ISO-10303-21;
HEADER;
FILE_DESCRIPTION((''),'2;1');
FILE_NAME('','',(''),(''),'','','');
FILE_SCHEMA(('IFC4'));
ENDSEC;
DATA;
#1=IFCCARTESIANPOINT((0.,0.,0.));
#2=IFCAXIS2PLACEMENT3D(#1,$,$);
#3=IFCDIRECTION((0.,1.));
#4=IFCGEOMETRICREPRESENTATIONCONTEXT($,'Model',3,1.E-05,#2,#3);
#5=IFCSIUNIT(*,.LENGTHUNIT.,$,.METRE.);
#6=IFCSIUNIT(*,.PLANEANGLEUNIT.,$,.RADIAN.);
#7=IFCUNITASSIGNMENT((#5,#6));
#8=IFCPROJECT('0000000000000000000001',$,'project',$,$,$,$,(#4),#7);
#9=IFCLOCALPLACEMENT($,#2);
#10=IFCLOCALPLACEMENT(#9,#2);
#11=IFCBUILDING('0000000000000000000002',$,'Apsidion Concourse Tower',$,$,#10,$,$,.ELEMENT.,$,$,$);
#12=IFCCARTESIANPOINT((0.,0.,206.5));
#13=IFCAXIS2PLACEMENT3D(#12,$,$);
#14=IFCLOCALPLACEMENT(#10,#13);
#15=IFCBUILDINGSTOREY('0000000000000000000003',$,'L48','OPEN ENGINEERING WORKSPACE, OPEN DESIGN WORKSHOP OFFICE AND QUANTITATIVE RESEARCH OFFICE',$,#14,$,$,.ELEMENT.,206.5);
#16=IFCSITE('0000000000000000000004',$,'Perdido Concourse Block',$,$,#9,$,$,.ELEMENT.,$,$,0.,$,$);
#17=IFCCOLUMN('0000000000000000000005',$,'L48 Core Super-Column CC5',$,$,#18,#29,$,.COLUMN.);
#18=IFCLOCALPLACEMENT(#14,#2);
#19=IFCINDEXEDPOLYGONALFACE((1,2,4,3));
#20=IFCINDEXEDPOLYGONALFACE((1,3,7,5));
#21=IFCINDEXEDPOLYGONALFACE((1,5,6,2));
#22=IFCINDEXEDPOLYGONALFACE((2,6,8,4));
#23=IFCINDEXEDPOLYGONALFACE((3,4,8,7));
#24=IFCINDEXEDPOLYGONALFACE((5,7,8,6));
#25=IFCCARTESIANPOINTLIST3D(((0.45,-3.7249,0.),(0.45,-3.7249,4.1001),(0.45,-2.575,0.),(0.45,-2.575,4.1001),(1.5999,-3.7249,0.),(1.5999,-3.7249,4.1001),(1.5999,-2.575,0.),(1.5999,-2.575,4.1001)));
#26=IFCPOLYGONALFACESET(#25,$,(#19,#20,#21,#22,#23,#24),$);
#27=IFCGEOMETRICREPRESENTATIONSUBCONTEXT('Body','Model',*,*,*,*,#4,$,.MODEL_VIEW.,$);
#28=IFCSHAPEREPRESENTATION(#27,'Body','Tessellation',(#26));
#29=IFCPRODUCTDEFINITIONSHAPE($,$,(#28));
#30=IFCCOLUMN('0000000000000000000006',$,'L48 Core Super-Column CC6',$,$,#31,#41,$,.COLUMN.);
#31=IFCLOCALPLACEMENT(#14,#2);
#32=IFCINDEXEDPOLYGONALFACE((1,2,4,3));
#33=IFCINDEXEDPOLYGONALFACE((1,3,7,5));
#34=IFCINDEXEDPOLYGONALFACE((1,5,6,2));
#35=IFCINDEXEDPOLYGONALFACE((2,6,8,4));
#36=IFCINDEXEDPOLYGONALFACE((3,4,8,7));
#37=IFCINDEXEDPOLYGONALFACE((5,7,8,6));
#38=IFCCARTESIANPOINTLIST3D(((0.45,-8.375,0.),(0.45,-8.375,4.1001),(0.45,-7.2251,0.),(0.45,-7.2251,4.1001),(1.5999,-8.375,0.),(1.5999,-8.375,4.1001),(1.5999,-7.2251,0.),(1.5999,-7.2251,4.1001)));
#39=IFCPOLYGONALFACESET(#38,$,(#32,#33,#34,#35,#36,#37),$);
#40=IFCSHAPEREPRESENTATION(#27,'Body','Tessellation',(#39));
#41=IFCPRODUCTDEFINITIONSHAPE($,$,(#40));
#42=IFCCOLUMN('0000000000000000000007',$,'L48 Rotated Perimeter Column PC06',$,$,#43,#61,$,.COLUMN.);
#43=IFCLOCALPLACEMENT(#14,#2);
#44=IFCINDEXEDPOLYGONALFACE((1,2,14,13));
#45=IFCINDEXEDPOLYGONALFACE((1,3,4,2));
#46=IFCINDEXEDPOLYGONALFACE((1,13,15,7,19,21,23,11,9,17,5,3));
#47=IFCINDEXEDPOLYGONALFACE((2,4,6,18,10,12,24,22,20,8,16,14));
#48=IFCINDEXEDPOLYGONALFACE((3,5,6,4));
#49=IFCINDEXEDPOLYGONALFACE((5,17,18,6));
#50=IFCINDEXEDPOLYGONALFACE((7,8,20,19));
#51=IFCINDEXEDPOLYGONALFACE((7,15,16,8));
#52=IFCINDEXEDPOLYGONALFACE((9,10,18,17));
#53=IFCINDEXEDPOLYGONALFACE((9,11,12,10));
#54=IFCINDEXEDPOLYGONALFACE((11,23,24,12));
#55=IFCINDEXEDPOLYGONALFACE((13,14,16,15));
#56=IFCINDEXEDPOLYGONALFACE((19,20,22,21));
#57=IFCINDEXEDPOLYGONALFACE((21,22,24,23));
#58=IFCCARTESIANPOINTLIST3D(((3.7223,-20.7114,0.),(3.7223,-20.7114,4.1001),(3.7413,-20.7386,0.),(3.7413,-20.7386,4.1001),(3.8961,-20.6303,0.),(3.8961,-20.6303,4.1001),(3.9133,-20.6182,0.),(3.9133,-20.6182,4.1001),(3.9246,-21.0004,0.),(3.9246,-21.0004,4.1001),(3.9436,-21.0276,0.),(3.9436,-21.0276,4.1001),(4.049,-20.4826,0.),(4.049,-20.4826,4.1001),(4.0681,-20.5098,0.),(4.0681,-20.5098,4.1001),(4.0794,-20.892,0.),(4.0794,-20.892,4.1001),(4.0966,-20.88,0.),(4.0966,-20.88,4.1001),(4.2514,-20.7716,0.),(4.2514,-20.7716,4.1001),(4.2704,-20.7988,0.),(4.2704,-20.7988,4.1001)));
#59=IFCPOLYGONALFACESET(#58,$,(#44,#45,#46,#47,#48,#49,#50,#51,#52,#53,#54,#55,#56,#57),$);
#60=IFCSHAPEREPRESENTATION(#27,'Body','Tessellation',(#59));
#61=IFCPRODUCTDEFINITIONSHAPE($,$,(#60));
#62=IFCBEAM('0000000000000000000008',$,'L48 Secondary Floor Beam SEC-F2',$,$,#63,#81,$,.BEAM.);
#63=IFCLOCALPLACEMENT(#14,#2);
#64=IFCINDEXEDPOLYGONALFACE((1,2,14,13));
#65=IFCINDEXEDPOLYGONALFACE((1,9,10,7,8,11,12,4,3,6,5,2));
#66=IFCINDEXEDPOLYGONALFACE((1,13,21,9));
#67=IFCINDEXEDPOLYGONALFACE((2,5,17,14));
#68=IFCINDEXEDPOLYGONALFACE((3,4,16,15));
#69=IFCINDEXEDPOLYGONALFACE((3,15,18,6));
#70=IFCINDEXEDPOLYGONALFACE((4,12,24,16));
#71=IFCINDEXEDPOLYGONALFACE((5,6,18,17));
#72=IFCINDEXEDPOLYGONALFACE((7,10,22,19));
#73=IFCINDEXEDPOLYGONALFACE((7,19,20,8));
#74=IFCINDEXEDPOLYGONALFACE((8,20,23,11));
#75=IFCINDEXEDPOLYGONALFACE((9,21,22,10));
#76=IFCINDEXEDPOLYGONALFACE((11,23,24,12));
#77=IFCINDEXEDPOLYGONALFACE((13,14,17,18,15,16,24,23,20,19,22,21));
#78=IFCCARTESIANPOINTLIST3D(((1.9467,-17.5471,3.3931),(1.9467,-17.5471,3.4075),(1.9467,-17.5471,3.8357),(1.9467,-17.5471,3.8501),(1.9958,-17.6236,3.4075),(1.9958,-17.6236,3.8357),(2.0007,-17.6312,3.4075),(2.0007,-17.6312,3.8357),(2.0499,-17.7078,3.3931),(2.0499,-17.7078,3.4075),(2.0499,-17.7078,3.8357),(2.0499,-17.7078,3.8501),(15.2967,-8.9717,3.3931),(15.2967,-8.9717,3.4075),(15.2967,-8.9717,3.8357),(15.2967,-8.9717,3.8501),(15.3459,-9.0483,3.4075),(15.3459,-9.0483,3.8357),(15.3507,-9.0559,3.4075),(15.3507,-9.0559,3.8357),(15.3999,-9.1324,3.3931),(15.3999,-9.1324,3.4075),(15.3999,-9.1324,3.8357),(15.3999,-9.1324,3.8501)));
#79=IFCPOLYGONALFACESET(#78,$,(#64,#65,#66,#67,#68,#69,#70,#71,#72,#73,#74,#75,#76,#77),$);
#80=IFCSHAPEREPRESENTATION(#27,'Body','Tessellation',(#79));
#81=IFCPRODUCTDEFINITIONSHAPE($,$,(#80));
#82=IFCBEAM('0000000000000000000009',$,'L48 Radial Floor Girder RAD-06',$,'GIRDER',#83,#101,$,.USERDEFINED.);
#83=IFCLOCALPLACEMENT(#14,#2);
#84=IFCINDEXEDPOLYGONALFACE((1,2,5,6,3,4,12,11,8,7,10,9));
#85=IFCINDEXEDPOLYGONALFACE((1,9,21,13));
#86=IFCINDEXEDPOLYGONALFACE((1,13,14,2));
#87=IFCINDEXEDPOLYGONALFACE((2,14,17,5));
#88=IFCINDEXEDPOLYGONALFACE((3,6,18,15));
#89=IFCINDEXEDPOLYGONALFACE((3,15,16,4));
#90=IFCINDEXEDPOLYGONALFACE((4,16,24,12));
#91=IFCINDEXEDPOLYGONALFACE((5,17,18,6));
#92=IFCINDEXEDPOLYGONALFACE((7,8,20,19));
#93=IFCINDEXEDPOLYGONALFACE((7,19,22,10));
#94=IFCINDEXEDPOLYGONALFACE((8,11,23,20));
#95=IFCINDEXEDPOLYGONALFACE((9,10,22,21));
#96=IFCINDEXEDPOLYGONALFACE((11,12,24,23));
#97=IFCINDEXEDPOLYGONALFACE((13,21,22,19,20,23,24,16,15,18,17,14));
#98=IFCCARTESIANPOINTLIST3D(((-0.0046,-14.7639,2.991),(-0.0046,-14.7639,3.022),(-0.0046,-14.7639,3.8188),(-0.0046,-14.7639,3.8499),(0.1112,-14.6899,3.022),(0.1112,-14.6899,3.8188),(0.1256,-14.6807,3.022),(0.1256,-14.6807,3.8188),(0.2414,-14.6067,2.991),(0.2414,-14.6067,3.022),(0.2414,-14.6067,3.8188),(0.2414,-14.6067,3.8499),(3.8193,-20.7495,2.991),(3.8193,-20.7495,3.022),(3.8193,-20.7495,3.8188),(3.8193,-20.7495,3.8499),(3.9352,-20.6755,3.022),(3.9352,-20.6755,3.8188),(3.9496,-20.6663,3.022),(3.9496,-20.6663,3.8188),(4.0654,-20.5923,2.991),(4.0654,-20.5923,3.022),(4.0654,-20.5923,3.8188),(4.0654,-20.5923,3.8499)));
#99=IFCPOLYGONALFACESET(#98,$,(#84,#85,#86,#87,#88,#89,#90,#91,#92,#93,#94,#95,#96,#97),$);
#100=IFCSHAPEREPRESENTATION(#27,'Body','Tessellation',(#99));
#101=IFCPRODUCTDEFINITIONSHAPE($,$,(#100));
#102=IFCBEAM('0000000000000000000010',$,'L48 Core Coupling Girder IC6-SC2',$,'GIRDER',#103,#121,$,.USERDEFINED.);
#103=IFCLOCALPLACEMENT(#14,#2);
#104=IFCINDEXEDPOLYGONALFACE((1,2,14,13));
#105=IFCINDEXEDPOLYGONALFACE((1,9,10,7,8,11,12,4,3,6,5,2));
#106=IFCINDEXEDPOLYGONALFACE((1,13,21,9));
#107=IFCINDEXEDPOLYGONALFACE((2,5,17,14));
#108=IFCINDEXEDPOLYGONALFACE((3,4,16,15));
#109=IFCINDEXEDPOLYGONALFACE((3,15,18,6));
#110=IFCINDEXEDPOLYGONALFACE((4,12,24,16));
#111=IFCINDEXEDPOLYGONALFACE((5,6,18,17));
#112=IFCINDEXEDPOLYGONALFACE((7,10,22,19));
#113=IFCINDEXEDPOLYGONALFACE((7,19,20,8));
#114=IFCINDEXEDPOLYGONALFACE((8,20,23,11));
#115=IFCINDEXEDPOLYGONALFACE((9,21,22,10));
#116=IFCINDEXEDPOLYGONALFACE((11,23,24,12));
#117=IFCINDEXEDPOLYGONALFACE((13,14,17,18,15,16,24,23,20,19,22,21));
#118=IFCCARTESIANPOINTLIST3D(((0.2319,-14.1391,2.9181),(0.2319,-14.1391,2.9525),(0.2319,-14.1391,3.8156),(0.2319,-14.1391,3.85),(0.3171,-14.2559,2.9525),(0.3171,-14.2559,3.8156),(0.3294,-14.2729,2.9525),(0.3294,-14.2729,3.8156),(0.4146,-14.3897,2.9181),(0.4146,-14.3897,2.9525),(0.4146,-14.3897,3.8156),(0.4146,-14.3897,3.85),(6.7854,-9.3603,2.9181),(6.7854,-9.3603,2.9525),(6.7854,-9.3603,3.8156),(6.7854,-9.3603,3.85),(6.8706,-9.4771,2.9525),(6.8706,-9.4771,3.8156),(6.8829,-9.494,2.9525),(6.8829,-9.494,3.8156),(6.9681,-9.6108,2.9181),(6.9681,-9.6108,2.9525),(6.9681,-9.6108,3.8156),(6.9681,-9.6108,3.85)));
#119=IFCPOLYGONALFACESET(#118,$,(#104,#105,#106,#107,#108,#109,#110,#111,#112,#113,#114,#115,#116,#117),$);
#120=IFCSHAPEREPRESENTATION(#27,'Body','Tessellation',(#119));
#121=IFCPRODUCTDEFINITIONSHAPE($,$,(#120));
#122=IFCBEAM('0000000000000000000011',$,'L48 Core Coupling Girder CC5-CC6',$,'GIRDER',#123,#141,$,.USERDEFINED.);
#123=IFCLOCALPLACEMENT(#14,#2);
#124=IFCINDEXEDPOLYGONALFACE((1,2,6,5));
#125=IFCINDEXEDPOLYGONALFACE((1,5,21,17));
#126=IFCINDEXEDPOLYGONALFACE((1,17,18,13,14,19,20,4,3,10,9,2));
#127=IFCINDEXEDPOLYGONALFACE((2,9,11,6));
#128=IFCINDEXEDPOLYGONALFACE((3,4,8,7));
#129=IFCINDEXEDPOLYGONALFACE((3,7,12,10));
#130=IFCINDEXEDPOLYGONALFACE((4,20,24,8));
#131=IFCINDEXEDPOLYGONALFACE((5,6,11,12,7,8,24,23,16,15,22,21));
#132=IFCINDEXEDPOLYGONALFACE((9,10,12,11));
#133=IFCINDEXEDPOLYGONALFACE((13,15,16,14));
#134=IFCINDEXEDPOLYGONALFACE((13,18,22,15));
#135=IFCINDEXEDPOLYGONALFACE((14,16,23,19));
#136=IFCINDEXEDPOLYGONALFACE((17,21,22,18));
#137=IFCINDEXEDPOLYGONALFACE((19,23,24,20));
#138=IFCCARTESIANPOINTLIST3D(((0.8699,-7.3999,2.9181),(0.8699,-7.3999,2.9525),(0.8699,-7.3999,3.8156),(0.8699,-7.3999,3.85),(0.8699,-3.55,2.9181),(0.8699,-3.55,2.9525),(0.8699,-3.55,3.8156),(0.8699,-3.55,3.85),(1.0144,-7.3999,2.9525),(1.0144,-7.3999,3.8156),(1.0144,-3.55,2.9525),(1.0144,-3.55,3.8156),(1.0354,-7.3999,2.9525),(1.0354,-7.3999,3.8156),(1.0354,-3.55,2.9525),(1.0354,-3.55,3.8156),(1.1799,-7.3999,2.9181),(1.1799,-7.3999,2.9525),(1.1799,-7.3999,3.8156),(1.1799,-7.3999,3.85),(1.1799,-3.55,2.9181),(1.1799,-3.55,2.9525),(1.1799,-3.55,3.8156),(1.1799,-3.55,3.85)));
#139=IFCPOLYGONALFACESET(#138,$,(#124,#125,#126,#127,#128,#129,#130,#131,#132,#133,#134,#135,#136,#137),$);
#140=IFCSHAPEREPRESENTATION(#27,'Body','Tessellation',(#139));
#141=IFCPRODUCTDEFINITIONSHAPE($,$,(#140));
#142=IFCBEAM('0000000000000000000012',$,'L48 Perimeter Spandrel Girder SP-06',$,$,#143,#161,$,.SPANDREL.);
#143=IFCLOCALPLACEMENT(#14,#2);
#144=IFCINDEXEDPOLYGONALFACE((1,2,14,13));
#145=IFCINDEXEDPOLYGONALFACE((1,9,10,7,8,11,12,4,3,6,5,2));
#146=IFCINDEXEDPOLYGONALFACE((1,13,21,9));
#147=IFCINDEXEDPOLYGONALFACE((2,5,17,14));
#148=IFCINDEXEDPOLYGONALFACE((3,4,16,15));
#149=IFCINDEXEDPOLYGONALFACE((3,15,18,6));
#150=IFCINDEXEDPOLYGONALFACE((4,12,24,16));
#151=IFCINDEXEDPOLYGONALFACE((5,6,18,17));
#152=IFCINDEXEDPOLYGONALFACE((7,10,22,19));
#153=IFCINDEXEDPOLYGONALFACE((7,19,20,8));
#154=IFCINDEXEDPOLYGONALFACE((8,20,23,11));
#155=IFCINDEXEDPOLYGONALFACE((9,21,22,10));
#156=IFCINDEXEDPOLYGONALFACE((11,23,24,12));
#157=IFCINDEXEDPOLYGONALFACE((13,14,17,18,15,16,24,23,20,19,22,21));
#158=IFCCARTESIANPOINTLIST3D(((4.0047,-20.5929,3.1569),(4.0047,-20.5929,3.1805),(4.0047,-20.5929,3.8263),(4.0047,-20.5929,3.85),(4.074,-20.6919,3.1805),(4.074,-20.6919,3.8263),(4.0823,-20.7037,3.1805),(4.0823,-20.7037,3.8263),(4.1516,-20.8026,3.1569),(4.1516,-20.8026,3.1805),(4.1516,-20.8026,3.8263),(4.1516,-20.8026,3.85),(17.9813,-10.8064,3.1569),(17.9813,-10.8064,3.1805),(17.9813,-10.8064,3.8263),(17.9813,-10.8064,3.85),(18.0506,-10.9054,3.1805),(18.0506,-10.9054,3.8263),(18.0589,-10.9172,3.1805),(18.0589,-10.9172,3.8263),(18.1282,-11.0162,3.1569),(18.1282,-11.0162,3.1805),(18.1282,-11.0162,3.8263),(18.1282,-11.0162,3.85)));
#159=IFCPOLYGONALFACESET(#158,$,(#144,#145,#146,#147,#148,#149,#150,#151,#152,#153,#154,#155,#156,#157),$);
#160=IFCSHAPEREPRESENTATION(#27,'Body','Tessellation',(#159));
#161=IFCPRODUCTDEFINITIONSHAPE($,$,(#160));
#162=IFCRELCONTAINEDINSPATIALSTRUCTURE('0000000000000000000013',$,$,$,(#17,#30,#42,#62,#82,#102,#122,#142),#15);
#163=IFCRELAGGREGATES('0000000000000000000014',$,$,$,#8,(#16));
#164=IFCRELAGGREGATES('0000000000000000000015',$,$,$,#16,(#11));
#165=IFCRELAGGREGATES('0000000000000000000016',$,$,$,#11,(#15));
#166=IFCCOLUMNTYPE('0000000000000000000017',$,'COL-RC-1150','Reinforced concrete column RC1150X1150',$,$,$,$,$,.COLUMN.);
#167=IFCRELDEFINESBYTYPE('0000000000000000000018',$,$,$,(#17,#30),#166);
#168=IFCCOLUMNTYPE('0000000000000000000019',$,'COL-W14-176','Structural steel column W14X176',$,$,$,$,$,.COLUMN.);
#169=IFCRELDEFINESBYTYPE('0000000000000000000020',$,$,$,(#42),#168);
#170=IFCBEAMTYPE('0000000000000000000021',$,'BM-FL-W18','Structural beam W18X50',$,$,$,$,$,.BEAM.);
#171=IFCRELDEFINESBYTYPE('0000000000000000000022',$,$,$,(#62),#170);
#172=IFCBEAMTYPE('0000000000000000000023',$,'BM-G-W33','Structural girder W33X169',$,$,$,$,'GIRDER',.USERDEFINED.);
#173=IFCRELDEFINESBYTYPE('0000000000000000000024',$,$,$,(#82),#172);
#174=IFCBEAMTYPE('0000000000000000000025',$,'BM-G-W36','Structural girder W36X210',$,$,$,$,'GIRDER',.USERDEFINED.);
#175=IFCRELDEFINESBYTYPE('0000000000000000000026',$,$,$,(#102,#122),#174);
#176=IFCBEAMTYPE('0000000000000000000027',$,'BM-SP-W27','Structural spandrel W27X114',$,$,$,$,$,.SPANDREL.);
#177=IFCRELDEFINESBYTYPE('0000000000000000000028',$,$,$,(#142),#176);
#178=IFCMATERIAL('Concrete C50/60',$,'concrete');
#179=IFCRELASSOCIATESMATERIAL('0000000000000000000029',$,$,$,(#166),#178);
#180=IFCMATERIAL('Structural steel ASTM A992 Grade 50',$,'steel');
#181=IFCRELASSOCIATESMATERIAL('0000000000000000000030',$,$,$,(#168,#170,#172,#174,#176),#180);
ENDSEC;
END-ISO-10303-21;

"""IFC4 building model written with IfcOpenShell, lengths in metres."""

from ifc_helpers import new_model, si_unit, direction, frame, origin, origin_2d, place, context, subcontext, project, spatial, rectangle, i_section, extrude, material, material_profile, profile_set, type_object, element, save


model = new_model("IFC4")

# Units and contexts
model_context = context("Model", 3, precision=1e-05, world=origin(), true_north=direction((0.0, 1.0)))
body_context = subcontext(model_context, "Body", "Model", "MODEL_VIEW")
ifc_project = project(units=[si_unit("LENGTHUNIT", "METRE"), si_unit("PLANEANGLEUNIT", "RADIAN")], contexts=[model_context])

# Site, building, storey
site_placement = place(None, origin())
site = spatial("IfcSite", under=ifc_project, at=site_placement, Name="Perdido Concourse Block", CompositionType="ELEMENT", RefElevation=0.0)
building_placement = place(site_placement, origin())
building = spatial("IfcBuilding", under=site, at=building_placement, Name="Apsidion Concourse Tower", CompositionType="ELEMENT")
storey_placement = place(building_placement, frame((0.0, 0.0, 206.5)))
storey = spatial("IfcBuildingStorey", under=building, at=storey_placement, Name="L48", Description="OPEN ENGINEERING WORKSPACE, OPEN DESIGN WORKSHOP OFFICE AND QUANTITATIVE RESEARCH OFFICE", CompositionType="ELEMENT", Elevation=206.5)

# Columns
ifc_material_1 = material(Name="Concrete C50/60", Category="concrete")
ifc_material_profile_1 = material_profile(ifc_material_1, rectangle(XDim=1.1499, YDim=1.1499, at=origin_2d()), Name="RC 1150x1150")
ifc_profile_set_1 = profile_set([ifc_material_profile_1], Name="Concrete C50/60")
column_type_1 = type_object("IfcColumnType", Name="COL-RC-1150", Description="Reinforced concrete column RC1150X1150", PredefinedType="COLUMN", material=ifc_profile_set_1)
for number, where, z_axis, x_axis, name in (
    (1, (1.0249, -3.1499, 0.0), (0.0, 0.0, 1.0), (1.0, 0.0, 0.0), "L48 Core Super-Column CC5"),
    (2, (1.0249, -7.8, 0.0), (0.0, 0.0, 1.0), (1.0, 0.0, 0.0), "L48 Core Super-Column CC6"),
):
    element("IfcColumn", number, at=place(storey_placement, frame(where, z_axis=z_axis, x_axis=x_axis)), inside=storey, type_object=column_type_1, Name=name, PredefinedType="COLUMN", context=body_context, shape_type="SweptSolid", body=[
        extrude(rectangle(XDim=1.1499, YDim=1.1499, at=origin_2d()), origin(), (0.0, 0.0, 1.0), 4.1001),
    ])
ifc_material_2 = material(Name="Structural steel ASTM A992 Grade 50", Category="steel")
ifc_material_profile_2 = material_profile(ifc_material_2, i_section(OverallWidth=0.3989, OverallDepth=0.386, WebThickness=0.021, FlangeThickness=0.0332, at=origin_2d()), Name="W14X176")
ifc_profile_set_2 = profile_set([ifc_material_profile_2], Name="Structural steel ASTM A992 Grade 50")
column_type_2 = type_object("IfcColumnType", Name="COL-W14-176", Description="Structural steel column W14X176", PredefinedType="COLUMN", material=ifc_profile_set_2)
column_placement = place(storey_placement, frame((3.9963, -20.7551, 0.0), z_axis=(0.0, 0.0, 1.0), x_axis=(0.819152, 0.573576, 0.0)))
element("IfcColumn", 3, at=column_placement, inside=storey, type_object=column_type_2, Name="L48 Rotated Perimeter Column PC06", PredefinedType="COLUMN", context=body_context, shape_type="SweptSolid", body=[
    extrude(i_section(OverallWidth=0.3989, OverallDepth=0.386, WebThickness=0.021, FlangeThickness=0.0332, at=origin_2d()), origin(), (0.0, 0.0, 1.0), 4.1001),
])

# Beams
ifc_material_profile_3 = material_profile(ifc_material_2, i_section(OverallWidth=0.1909, OverallDepth=0.457, WebThickness=0.009, FlangeThickness=0.0144, at=origin_2d()), Name="W18X50")
ifc_profile_set_3 = profile_set([ifc_material_profile_3], Name="Structural steel ASTM A992 Grade 50")
beam_type_1 = type_object("IfcBeamType", Name="BM-FL-W18", Description="Structural beam W18X50", PredefinedType="BEAM", material=ifc_profile_set_3)
beam_1_placement = place(storey_placement, frame((1.9983, -17.6274, 3.6216), z_axis=(0.841372, 0.540456, 0.0), x_axis=(-0.540456, 0.841372, 0.0)))
element("IfcBeam", 4, at=beam_1_placement, inside=storey, type_object=beam_type_1, Name="L48 Secondary Floor Beam SEC-F2", PredefinedType="BEAM", context=body_context, shape_type="SweptSolid", body=[
    extrude(i_section(OverallWidth=0.1909, OverallDepth=0.457, WebThickness=0.009, FlangeThickness=0.0144, at=origin_2d()), origin(), (0.0, 0.0, 1.0), 15.8669),
])
ifc_material_profile_4 = material_profile(ifc_material_2, i_section(OverallWidth=0.292, OverallDepth=0.8589, WebThickness=0.0171, FlangeThickness=0.031, at=origin_2d()), Name="W33X169")
ifc_profile_set_4 = profile_set([ifc_material_profile_4], Name="Structural steel ASTM A992 Grade 50")
beam_type_2 = type_object("IfcBeamType", Name="BM-G-W33", Description="Structural girder W33X169", ElementType="GIRDER", PredefinedType="USERDEFINED", material=ifc_profile_set_4)
beam_2_placement = place(storey_placement, frame((0.1184, -14.6853, 3.4204), z_axis=(0.538374, -0.842706, 0.0), x_axis=(0.842706, 0.538374, 0.0)))
element("IfcBeam", 5, at=beam_2_placement, inside=storey, type_object=beam_type_2, Name="L48 Radial Floor Girder RAD-06", ObjectType="GIRDER", PredefinedType="USERDEFINED", context=body_context, shape_type="SweptSolid", body=[
    extrude(i_section(OverallWidth=0.292, OverallDepth=0.8589, WebThickness=0.0171, FlangeThickness=0.031, at=origin_2d()), origin(), (0.0, 0.0, 1.0), 7.1028),
])
ifc_material_profile_5 = material_profile(ifc_material_2, i_section(OverallWidth=0.3101, OverallDepth=0.9319, WebThickness=0.021, FlangeThickness=0.0344, at=origin_2d()), Name="W36X210")
ifc_profile_set_5 = profile_set([ifc_material_profile_5], Name="Structural steel ASTM A992 Grade 50")
beam_type_3 = type_object("IfcBeamType", Name="BM-G-W36", Description="Structural girder W36X210", ElementType="GIRDER", PredefinedType="USERDEFINED", material=ifc_profile_set_5)
beam_3_placement = place(storey_placement, frame((0.3232, -14.2644, 3.384), z_axis=(0.807993, 0.589191, 0.0), x_axis=(-0.589191, 0.807993, 0.0)))
element("IfcBeam", 6, at=beam_3_placement, inside=storey, type_object=beam_type_3, Name="L48 Core Coupling Girder IC6-SC2", ObjectType="GIRDER", PredefinedType="USERDEFINED", context=body_context, shape_type="SweptSolid", body=[
    extrude(i_section(OverallWidth=0.3101, OverallDepth=0.9319, WebThickness=0.021, FlangeThickness=0.0344, at=origin_2d()), origin(), (0.0, 0.0, 1.0), 8.1108),
])
beam_4_placement = place(storey_placement, frame((1.0249, -3.55, 3.384), z_axis=(0.0, -1.0, 0.0), x_axis=(1.0, 0.0, 0.0)))
element("IfcBeam", 7, at=beam_4_placement, inside=storey, type_object=beam_type_3, Name="L48 Core Coupling Girder CC5-CC6", ObjectType="GIRDER", PredefinedType="USERDEFINED", context=body_context, shape_type="SweptSolid", body=[
    extrude(i_section(OverallWidth=0.3101, OverallDepth=0.9319, WebThickness=0.021, FlangeThickness=0.0344, at=origin_2d()), origin(), (0.0, 0.0, 1.0), 3.8499),
])
ifc_material_profile_6 = material_profile(ifc_material_2, i_section(OverallWidth=0.2561, OverallDepth=0.6931, WebThickness=0.0144, FlangeThickness=0.0237, at=origin_2d()), Name="W27X114")
ifc_profile_set_6 = profile_set([ifc_material_profile_6], Name="Structural steel ASTM A992 Grade 50")
beam_type_4 = type_object("IfcBeamType", Name="BM-SP-W27", Description="Structural spandrel W27X114", PredefinedType="SPANDREL", material=ifc_profile_set_6)
beam_5_placement = place(storey_placement, frame((4.0781, -20.6978, 3.5034), z_axis=(0.819155, 0.573572, 0.0), x_axis=(-0.573572, 0.819155, 0.0)))
element("IfcBeam", 8, at=beam_5_placement, inside=storey, type_object=beam_type_4, Name="L48 Perimeter Spandrel Girder SP-06", PredefinedType="SPANDREL", context=body_context, shape_type="SweptSolid", body=[
    extrude(i_section(OverallWidth=0.2561, OverallDepth=0.6931, WebThickness=0.0144, FlangeThickness=0.0237, at=origin_2d()), origin(), (0.0, 0.0, 1.0), 17.0623),
])

save(model, "model.ifc")
